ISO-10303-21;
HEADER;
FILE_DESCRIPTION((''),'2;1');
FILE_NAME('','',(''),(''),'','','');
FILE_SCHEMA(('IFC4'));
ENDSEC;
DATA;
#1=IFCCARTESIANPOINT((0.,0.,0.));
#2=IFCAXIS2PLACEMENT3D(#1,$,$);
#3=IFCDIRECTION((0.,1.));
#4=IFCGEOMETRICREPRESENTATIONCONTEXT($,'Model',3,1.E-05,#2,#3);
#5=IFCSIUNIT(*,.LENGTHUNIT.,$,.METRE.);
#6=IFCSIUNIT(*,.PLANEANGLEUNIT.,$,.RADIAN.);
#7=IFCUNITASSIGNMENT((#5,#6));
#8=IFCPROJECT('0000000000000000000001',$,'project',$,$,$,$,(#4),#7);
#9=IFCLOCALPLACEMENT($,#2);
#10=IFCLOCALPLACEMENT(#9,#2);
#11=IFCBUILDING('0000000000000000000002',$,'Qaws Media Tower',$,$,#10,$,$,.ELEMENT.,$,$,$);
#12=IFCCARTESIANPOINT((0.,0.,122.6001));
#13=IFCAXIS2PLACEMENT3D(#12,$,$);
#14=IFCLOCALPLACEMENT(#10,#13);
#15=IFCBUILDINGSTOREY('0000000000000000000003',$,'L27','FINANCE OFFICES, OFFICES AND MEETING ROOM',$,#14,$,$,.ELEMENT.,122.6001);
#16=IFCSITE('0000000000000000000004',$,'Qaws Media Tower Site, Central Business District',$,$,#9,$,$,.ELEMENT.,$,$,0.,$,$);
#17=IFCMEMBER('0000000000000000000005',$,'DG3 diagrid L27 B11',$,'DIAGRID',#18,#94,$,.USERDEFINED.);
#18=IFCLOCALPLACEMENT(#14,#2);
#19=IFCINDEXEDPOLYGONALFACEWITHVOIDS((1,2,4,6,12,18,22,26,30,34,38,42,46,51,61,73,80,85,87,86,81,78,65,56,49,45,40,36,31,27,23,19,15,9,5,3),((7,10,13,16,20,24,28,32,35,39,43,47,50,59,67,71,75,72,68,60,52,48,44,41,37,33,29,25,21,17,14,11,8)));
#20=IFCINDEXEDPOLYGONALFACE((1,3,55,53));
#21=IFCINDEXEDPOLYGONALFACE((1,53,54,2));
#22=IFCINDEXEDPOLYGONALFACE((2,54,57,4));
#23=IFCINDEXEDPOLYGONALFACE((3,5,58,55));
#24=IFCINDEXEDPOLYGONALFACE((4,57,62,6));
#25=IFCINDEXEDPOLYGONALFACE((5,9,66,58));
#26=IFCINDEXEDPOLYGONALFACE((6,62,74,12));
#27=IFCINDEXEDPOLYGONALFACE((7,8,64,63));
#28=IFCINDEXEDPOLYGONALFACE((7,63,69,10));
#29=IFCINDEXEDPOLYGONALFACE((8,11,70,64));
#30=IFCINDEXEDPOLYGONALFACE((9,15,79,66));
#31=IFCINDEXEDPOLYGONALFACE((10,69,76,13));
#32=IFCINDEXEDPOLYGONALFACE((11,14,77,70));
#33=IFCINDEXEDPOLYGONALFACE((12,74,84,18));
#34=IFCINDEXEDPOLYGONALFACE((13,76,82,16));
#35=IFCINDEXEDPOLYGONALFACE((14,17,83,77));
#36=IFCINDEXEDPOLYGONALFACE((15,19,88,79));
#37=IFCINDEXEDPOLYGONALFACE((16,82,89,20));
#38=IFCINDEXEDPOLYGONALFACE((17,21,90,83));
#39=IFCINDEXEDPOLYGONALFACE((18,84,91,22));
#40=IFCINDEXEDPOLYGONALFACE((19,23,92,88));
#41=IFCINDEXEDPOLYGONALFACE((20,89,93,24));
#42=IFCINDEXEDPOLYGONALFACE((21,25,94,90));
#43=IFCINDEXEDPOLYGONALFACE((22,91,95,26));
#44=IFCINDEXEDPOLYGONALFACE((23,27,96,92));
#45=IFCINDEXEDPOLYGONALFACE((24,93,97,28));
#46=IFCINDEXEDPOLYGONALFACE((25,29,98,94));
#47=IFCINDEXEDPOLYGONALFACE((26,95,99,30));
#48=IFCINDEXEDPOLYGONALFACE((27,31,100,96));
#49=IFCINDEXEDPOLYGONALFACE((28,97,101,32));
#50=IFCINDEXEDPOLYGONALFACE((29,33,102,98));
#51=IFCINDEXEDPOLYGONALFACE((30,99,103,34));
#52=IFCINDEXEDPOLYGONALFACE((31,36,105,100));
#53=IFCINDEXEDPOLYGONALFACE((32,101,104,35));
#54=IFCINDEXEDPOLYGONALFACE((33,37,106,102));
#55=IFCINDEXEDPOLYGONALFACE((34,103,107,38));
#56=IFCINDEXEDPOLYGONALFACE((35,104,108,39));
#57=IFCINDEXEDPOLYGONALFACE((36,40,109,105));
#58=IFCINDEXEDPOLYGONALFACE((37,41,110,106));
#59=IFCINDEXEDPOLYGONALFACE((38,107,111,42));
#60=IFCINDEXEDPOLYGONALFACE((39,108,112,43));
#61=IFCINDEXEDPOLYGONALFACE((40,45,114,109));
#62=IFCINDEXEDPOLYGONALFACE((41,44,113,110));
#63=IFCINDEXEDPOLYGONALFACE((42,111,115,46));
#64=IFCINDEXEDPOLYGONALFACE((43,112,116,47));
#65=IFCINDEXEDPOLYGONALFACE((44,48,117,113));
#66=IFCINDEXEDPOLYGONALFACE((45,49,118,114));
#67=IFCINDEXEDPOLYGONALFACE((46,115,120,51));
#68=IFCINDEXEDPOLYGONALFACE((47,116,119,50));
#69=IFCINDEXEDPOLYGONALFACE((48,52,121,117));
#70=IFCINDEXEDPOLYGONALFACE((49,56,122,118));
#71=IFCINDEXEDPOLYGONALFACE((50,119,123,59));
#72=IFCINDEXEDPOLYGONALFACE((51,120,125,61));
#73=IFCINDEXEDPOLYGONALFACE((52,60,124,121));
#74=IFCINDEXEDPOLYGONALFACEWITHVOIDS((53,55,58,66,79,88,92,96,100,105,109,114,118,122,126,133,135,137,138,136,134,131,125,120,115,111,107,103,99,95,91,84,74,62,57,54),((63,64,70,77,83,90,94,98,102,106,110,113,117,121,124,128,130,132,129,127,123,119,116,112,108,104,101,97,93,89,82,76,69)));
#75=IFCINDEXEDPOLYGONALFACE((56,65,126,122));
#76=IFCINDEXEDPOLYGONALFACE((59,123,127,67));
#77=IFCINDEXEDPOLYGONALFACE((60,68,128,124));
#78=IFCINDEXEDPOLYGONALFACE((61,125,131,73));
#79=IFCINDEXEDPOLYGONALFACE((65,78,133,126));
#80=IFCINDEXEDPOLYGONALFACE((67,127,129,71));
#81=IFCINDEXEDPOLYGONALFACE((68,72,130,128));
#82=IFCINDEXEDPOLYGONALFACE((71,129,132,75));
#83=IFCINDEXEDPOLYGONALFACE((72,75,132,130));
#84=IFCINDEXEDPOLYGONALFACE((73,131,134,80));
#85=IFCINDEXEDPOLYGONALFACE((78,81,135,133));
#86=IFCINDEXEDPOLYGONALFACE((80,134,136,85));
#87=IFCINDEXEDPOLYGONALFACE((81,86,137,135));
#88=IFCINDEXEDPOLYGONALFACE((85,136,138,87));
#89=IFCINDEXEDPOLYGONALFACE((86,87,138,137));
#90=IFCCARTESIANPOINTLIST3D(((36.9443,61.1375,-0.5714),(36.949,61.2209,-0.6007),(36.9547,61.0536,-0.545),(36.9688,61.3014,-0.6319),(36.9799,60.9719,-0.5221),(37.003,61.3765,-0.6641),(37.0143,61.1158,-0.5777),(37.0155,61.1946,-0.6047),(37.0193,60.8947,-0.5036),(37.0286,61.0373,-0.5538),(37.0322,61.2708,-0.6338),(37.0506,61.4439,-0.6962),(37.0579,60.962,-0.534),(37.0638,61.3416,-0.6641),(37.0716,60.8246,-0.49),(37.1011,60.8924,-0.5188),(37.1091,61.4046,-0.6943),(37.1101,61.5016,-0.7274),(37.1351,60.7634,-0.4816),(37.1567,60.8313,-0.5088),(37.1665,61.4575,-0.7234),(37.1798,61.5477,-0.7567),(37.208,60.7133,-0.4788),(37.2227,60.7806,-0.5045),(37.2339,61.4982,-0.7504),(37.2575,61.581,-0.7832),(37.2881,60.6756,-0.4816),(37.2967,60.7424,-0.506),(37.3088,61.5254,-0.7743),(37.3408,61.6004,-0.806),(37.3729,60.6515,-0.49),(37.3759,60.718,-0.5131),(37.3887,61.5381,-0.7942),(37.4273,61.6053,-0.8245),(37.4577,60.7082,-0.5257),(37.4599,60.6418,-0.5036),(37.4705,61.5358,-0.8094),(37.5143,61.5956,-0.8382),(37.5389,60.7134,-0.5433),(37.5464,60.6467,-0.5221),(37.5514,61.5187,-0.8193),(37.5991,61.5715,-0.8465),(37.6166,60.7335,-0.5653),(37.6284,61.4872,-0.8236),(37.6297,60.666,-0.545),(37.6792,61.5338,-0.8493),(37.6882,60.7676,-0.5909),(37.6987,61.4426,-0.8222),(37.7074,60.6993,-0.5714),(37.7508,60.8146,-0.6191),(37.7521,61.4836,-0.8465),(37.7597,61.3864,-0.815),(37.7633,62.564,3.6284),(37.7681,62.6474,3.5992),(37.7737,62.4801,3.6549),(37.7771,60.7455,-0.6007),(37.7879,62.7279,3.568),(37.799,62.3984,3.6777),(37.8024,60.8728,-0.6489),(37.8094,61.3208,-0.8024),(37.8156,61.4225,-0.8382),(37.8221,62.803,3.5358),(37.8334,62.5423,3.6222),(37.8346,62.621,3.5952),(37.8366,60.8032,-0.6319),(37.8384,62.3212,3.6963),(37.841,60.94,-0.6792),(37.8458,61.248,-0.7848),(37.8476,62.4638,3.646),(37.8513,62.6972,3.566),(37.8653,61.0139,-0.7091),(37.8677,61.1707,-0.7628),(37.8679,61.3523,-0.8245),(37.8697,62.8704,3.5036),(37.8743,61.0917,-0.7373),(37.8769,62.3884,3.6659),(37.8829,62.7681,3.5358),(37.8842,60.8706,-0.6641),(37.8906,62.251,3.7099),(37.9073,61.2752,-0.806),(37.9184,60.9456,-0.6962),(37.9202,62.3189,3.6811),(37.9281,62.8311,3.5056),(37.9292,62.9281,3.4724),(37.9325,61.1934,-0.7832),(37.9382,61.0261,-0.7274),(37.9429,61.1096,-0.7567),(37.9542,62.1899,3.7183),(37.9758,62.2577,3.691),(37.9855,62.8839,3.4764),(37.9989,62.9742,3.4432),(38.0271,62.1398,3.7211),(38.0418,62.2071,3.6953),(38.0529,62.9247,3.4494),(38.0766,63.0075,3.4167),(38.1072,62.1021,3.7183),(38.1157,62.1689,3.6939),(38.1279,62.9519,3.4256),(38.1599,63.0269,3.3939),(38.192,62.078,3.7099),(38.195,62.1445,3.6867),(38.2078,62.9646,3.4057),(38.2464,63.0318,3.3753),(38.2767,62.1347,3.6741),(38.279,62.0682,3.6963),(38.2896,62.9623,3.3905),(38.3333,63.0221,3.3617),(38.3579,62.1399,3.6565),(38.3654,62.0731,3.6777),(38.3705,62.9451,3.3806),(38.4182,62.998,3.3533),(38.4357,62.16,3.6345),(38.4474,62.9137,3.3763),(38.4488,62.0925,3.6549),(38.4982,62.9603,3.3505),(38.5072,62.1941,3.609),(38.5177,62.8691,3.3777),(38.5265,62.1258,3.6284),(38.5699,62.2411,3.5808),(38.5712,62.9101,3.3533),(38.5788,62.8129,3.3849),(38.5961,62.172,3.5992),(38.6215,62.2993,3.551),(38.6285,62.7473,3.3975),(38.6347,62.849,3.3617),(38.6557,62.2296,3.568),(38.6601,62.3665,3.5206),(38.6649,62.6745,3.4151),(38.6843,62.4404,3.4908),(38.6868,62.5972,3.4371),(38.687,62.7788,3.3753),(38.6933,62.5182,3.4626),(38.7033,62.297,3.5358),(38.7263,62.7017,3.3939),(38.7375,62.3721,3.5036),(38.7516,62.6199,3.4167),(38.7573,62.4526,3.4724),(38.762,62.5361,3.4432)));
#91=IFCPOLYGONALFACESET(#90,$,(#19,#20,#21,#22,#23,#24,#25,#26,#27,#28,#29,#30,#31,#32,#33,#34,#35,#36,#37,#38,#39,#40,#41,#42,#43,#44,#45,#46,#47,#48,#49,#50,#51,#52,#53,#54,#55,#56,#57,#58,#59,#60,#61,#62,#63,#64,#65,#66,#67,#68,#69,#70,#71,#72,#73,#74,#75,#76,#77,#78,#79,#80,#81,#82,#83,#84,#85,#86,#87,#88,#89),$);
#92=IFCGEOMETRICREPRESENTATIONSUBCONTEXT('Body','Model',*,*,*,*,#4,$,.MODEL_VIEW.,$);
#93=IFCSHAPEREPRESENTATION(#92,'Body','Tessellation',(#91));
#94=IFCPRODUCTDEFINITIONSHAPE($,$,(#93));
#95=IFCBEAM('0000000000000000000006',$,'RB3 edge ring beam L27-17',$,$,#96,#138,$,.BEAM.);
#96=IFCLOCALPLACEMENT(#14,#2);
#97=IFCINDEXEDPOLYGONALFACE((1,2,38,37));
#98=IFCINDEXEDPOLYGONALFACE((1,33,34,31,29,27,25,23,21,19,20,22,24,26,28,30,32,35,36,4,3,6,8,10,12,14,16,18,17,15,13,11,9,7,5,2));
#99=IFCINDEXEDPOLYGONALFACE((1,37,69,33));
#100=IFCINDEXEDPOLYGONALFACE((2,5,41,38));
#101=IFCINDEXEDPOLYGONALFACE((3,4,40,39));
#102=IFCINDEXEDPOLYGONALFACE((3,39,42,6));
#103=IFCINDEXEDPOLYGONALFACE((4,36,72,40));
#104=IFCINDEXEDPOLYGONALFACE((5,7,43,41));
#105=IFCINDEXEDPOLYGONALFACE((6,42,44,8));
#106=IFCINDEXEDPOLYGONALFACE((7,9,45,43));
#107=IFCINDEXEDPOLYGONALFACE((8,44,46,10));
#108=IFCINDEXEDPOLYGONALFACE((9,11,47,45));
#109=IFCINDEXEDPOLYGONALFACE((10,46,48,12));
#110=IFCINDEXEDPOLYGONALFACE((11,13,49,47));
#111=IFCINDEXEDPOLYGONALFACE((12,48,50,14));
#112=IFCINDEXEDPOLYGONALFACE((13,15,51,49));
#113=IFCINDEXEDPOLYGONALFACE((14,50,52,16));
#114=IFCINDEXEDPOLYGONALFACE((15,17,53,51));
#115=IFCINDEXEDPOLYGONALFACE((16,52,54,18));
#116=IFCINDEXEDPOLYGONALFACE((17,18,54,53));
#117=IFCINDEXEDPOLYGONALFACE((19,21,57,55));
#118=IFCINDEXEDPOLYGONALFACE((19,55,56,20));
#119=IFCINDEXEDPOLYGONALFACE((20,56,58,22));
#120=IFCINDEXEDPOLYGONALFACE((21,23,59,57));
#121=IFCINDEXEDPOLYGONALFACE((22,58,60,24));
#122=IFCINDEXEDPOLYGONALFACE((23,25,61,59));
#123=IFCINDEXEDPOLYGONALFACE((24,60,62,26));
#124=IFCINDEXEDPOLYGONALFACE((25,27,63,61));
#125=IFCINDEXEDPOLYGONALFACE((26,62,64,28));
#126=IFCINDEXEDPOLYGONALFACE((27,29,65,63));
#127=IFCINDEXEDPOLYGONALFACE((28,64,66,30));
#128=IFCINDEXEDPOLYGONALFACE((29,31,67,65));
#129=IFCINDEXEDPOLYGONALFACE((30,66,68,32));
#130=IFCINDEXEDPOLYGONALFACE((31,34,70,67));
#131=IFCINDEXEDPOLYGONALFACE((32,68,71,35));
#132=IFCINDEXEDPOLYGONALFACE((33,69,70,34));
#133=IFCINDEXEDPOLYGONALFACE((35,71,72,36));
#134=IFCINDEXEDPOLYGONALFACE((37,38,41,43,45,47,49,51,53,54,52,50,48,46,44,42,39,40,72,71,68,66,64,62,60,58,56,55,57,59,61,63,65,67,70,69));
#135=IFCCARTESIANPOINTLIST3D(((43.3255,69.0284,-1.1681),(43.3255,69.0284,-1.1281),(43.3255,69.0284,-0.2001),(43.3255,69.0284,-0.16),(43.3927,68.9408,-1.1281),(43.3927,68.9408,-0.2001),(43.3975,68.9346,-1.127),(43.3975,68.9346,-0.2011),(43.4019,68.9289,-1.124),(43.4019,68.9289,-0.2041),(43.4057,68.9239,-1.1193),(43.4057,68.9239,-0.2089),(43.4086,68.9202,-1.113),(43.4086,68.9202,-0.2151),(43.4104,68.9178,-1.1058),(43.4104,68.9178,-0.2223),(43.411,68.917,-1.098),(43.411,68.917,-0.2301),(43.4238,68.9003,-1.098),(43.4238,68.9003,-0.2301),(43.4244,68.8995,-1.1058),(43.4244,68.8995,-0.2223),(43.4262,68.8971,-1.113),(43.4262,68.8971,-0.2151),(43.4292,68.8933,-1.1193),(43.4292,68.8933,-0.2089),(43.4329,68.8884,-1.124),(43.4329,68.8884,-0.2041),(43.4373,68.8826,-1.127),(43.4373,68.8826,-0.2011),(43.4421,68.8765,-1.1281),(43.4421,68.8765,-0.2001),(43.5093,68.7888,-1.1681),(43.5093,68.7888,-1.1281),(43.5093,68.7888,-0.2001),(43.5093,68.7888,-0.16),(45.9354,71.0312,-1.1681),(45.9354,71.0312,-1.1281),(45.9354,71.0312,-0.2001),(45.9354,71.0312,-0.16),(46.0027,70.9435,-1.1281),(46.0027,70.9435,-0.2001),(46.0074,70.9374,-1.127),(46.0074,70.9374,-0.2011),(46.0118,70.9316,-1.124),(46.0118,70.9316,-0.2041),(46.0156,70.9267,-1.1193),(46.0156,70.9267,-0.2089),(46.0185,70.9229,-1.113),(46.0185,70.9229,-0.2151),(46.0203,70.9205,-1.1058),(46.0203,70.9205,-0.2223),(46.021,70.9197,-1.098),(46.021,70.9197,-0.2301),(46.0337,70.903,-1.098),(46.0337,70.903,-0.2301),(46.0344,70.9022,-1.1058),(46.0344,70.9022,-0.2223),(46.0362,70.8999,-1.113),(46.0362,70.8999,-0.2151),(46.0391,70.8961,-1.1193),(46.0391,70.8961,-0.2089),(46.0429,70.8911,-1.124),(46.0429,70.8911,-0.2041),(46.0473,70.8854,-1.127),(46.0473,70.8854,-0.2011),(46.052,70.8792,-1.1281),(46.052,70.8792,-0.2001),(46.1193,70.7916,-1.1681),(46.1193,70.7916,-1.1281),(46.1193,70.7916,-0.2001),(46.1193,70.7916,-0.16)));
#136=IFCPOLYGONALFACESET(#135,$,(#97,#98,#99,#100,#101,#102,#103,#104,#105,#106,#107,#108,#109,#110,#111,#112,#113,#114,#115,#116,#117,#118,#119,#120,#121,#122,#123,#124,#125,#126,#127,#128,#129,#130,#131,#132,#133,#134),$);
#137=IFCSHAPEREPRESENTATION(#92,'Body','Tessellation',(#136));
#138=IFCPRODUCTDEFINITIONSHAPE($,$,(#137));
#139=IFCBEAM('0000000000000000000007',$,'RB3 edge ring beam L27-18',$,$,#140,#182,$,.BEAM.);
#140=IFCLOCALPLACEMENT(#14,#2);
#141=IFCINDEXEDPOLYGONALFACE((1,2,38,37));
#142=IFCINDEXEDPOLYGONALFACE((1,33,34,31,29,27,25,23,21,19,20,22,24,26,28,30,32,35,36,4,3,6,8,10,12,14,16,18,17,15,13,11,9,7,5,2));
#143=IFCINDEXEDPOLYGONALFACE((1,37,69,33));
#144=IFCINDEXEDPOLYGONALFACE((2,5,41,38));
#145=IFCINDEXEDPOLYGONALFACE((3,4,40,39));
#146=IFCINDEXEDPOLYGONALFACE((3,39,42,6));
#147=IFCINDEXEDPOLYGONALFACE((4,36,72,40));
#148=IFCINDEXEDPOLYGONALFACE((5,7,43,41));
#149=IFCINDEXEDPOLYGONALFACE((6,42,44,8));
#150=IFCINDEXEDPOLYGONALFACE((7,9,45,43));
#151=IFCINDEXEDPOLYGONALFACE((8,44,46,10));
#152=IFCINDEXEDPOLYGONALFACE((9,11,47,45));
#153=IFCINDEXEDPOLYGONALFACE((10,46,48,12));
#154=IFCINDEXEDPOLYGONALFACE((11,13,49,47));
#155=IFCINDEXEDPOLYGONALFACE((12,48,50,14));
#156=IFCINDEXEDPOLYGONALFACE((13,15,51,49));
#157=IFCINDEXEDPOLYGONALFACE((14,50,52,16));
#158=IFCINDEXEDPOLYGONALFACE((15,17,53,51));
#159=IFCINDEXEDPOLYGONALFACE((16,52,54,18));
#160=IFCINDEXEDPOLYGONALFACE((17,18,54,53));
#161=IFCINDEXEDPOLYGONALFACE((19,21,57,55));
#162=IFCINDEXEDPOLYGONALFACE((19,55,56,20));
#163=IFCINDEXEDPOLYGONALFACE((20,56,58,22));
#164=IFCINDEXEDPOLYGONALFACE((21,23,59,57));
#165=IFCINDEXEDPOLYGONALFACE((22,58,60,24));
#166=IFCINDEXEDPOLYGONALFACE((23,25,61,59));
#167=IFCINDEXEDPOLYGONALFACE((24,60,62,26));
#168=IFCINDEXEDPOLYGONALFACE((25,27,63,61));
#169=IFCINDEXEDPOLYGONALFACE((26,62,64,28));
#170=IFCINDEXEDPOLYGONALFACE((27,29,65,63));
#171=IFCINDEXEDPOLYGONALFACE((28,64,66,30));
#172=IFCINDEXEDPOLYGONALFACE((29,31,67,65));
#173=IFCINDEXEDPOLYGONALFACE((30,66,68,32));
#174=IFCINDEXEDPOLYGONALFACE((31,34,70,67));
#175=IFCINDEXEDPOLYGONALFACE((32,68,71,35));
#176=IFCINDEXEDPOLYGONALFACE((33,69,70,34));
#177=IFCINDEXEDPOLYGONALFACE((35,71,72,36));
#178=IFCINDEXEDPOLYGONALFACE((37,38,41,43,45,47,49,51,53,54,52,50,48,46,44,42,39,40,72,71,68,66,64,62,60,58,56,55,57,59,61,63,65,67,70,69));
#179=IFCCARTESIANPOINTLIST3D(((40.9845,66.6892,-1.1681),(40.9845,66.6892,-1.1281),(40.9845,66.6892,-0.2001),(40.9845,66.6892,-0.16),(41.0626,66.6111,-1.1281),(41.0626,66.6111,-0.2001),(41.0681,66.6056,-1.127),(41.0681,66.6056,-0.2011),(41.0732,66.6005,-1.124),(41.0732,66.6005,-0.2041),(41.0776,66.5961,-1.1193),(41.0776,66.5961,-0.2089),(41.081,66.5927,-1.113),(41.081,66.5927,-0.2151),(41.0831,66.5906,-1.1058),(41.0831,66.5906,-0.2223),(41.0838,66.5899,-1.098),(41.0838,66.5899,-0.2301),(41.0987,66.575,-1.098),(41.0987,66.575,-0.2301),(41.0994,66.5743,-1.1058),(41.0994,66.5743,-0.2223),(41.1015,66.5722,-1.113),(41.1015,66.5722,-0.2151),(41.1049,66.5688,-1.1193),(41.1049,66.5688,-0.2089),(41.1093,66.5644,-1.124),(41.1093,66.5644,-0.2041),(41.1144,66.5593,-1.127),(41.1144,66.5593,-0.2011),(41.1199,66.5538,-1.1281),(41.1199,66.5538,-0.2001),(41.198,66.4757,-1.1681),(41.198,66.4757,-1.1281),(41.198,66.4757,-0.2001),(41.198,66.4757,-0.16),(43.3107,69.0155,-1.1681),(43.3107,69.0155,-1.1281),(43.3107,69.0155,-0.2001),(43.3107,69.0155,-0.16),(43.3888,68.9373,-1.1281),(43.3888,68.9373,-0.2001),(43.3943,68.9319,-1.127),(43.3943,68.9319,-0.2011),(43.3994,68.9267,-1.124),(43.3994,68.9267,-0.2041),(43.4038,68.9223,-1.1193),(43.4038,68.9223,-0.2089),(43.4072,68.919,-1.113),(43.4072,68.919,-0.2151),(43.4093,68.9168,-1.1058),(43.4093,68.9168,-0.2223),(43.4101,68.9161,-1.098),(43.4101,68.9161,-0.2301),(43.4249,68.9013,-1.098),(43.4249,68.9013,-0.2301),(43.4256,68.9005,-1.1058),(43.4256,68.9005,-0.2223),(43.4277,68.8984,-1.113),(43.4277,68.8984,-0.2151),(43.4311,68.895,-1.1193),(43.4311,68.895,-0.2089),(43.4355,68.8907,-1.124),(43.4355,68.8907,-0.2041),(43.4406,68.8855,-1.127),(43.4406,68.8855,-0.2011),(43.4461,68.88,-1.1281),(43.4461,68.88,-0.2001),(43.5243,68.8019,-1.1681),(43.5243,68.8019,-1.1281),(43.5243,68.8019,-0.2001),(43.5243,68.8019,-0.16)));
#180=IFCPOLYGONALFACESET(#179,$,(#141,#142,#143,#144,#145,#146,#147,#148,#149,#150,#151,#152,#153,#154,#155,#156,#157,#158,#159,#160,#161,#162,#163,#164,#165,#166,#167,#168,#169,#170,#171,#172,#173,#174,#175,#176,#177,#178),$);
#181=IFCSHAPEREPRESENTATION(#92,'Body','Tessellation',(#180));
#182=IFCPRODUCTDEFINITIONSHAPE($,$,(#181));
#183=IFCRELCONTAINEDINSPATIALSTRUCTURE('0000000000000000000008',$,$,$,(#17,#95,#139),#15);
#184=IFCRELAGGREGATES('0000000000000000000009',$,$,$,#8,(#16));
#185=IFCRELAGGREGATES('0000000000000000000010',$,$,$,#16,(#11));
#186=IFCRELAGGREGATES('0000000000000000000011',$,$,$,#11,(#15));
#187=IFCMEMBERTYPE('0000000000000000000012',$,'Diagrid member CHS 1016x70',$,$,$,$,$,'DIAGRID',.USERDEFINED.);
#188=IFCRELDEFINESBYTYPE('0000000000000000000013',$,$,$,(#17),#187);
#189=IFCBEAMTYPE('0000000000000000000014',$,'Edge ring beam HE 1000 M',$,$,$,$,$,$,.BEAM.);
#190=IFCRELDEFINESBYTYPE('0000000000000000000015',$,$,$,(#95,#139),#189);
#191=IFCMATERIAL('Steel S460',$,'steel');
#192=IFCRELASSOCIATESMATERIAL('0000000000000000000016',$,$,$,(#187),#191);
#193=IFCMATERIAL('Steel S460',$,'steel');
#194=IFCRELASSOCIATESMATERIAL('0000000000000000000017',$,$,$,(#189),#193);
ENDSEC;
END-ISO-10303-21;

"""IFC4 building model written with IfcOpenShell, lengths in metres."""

from ifc_helpers import new_model, si_unit, direction, frame, origin, origin_2d, place, context, subcontext, project, spatial, hollow_circle, i_section, extrude, material, material_profile, profile_set, type_object, element, save


model = new_model("IFC4")

# Units and contexts
model_context = context("Model", 3, precision=1e-05, world=origin(), true_north=direction((0.0, 1.0)))
body_context = subcontext(model_context, "Body", "Model", "MODEL_VIEW")
ifc_project = project(units=[si_unit("LENGTHUNIT", "METRE"), si_unit("PLANEANGLEUNIT", "RADIAN")], contexts=[model_context])

# Site, building, storey
site_placement = place(None, origin())
site = spatial("IfcSite", under=ifc_project, at=site_placement, Name="Qaws Media Tower Site, Central Business District", CompositionType="ELEMENT", RefElevation=0.0)
building_placement = place(site_placement, origin())
building = spatial("IfcBuilding", under=site, at=building_placement, Name="Qaws Media Tower", CompositionType="ELEMENT")
storey_placement = place(building_placement, frame((0.0, 0.0, 122.6001)))
storey = spatial("IfcBuildingStorey", under=building, at=storey_placement, Name="L27", Description="FINANCE OFFICES, OFFICES AND MEETING ROOM", CompositionType="ELEMENT", Elevation=122.6001)

# Member
ifc_material_1 = material(Name="Steel S460", Category="steel")
ifc_material_profile_1 = material_profile(ifc_material_1, hollow_circle(Radius=0.5081, WallThickness=0.0701, at=origin_2d()), Name="CHS 1016x70")
ifc_profile_set_1 = profile_set([ifc_material_profile_1], Name="Steel S460")
member_type_1 = type_object("IfcMemberType", Name="Diagrid member CHS 1016x70", ElementType="DIAGRID", PredefinedType="USERDEFINED", material=ifc_profile_set_1)
for number, where, z_axis, x_axis, name in (
    (1, (37.4436, 61.1235, -0.6641), (0.181593, 0.316259, 0.931131), (-0.867209, 0.497944, 0.0), "DG3 diagrid L27 B11"),
):
    element("IfcMember", number, at=place(storey_placement, frame(where, z_axis=z_axis, x_axis=x_axis)), inside=storey, type_object=member_type_1, Name=name, ObjectType="DIAGRID", PredefinedType="USERDEFINED", context=body_context, shape_type="SweptSolid", body=[
        extrude(hollow_circle(Radius=0.5081, WallThickness=0.0701, at=origin_2d()), origin(), (0.0, 0.0, 1.0), 4.5105),
    ])

# Beams
ifc_material_2 = material(Name="Steel S460", Category="steel")
ifc_material_profile_2 = material_profile(ifc_material_2, i_section(OverallWidth=0.302, OverallDepth=1.0081, WebThickness=0.021, FlangeThickness=0.04, FilletRadius=0.03, at=origin_2d()), Name="HE 1000 M")
ifc_profile_set_2 = profile_set([ifc_material_profile_2], Name="Steel S460")
beam_type = type_object("IfcBeamType", Name="Edge ring beam HE 1000 M", PredefinedType="BEAM", material=ifc_profile_set_2)
for number, where, z_axis, x_axis, name in (
    (2, (46.0273, 70.9114, -0.6641), (-0.793344, -0.608774, 0.0), (0.608774, -0.793344, 0.0), "RB3 edge ring beam L27-17"),
    (3, (43.4175, 68.9087, -0.6641), (-0.707107, -0.707107, 0.0), (0.707107, -0.707107, 0.0), "RB3 edge ring beam L27-18"),
):
    element("IfcBeam", number, at=place(storey_placement, frame(where, z_axis=z_axis, x_axis=x_axis)), inside=storey, type_object=beam_type, Name=name, PredefinedType="BEAM", context=body_context, shape_type="SweptSolid", body=[
        extrude(i_section(OverallWidth=0.302, OverallDepth=1.0081, WebThickness=0.021, FlangeThickness=0.04, FilletRadius=0.03, at=origin_2d()), origin(), (0.0, 0.0, 1.0), 3.2898),
    ])

save(model, "model.ifc")
